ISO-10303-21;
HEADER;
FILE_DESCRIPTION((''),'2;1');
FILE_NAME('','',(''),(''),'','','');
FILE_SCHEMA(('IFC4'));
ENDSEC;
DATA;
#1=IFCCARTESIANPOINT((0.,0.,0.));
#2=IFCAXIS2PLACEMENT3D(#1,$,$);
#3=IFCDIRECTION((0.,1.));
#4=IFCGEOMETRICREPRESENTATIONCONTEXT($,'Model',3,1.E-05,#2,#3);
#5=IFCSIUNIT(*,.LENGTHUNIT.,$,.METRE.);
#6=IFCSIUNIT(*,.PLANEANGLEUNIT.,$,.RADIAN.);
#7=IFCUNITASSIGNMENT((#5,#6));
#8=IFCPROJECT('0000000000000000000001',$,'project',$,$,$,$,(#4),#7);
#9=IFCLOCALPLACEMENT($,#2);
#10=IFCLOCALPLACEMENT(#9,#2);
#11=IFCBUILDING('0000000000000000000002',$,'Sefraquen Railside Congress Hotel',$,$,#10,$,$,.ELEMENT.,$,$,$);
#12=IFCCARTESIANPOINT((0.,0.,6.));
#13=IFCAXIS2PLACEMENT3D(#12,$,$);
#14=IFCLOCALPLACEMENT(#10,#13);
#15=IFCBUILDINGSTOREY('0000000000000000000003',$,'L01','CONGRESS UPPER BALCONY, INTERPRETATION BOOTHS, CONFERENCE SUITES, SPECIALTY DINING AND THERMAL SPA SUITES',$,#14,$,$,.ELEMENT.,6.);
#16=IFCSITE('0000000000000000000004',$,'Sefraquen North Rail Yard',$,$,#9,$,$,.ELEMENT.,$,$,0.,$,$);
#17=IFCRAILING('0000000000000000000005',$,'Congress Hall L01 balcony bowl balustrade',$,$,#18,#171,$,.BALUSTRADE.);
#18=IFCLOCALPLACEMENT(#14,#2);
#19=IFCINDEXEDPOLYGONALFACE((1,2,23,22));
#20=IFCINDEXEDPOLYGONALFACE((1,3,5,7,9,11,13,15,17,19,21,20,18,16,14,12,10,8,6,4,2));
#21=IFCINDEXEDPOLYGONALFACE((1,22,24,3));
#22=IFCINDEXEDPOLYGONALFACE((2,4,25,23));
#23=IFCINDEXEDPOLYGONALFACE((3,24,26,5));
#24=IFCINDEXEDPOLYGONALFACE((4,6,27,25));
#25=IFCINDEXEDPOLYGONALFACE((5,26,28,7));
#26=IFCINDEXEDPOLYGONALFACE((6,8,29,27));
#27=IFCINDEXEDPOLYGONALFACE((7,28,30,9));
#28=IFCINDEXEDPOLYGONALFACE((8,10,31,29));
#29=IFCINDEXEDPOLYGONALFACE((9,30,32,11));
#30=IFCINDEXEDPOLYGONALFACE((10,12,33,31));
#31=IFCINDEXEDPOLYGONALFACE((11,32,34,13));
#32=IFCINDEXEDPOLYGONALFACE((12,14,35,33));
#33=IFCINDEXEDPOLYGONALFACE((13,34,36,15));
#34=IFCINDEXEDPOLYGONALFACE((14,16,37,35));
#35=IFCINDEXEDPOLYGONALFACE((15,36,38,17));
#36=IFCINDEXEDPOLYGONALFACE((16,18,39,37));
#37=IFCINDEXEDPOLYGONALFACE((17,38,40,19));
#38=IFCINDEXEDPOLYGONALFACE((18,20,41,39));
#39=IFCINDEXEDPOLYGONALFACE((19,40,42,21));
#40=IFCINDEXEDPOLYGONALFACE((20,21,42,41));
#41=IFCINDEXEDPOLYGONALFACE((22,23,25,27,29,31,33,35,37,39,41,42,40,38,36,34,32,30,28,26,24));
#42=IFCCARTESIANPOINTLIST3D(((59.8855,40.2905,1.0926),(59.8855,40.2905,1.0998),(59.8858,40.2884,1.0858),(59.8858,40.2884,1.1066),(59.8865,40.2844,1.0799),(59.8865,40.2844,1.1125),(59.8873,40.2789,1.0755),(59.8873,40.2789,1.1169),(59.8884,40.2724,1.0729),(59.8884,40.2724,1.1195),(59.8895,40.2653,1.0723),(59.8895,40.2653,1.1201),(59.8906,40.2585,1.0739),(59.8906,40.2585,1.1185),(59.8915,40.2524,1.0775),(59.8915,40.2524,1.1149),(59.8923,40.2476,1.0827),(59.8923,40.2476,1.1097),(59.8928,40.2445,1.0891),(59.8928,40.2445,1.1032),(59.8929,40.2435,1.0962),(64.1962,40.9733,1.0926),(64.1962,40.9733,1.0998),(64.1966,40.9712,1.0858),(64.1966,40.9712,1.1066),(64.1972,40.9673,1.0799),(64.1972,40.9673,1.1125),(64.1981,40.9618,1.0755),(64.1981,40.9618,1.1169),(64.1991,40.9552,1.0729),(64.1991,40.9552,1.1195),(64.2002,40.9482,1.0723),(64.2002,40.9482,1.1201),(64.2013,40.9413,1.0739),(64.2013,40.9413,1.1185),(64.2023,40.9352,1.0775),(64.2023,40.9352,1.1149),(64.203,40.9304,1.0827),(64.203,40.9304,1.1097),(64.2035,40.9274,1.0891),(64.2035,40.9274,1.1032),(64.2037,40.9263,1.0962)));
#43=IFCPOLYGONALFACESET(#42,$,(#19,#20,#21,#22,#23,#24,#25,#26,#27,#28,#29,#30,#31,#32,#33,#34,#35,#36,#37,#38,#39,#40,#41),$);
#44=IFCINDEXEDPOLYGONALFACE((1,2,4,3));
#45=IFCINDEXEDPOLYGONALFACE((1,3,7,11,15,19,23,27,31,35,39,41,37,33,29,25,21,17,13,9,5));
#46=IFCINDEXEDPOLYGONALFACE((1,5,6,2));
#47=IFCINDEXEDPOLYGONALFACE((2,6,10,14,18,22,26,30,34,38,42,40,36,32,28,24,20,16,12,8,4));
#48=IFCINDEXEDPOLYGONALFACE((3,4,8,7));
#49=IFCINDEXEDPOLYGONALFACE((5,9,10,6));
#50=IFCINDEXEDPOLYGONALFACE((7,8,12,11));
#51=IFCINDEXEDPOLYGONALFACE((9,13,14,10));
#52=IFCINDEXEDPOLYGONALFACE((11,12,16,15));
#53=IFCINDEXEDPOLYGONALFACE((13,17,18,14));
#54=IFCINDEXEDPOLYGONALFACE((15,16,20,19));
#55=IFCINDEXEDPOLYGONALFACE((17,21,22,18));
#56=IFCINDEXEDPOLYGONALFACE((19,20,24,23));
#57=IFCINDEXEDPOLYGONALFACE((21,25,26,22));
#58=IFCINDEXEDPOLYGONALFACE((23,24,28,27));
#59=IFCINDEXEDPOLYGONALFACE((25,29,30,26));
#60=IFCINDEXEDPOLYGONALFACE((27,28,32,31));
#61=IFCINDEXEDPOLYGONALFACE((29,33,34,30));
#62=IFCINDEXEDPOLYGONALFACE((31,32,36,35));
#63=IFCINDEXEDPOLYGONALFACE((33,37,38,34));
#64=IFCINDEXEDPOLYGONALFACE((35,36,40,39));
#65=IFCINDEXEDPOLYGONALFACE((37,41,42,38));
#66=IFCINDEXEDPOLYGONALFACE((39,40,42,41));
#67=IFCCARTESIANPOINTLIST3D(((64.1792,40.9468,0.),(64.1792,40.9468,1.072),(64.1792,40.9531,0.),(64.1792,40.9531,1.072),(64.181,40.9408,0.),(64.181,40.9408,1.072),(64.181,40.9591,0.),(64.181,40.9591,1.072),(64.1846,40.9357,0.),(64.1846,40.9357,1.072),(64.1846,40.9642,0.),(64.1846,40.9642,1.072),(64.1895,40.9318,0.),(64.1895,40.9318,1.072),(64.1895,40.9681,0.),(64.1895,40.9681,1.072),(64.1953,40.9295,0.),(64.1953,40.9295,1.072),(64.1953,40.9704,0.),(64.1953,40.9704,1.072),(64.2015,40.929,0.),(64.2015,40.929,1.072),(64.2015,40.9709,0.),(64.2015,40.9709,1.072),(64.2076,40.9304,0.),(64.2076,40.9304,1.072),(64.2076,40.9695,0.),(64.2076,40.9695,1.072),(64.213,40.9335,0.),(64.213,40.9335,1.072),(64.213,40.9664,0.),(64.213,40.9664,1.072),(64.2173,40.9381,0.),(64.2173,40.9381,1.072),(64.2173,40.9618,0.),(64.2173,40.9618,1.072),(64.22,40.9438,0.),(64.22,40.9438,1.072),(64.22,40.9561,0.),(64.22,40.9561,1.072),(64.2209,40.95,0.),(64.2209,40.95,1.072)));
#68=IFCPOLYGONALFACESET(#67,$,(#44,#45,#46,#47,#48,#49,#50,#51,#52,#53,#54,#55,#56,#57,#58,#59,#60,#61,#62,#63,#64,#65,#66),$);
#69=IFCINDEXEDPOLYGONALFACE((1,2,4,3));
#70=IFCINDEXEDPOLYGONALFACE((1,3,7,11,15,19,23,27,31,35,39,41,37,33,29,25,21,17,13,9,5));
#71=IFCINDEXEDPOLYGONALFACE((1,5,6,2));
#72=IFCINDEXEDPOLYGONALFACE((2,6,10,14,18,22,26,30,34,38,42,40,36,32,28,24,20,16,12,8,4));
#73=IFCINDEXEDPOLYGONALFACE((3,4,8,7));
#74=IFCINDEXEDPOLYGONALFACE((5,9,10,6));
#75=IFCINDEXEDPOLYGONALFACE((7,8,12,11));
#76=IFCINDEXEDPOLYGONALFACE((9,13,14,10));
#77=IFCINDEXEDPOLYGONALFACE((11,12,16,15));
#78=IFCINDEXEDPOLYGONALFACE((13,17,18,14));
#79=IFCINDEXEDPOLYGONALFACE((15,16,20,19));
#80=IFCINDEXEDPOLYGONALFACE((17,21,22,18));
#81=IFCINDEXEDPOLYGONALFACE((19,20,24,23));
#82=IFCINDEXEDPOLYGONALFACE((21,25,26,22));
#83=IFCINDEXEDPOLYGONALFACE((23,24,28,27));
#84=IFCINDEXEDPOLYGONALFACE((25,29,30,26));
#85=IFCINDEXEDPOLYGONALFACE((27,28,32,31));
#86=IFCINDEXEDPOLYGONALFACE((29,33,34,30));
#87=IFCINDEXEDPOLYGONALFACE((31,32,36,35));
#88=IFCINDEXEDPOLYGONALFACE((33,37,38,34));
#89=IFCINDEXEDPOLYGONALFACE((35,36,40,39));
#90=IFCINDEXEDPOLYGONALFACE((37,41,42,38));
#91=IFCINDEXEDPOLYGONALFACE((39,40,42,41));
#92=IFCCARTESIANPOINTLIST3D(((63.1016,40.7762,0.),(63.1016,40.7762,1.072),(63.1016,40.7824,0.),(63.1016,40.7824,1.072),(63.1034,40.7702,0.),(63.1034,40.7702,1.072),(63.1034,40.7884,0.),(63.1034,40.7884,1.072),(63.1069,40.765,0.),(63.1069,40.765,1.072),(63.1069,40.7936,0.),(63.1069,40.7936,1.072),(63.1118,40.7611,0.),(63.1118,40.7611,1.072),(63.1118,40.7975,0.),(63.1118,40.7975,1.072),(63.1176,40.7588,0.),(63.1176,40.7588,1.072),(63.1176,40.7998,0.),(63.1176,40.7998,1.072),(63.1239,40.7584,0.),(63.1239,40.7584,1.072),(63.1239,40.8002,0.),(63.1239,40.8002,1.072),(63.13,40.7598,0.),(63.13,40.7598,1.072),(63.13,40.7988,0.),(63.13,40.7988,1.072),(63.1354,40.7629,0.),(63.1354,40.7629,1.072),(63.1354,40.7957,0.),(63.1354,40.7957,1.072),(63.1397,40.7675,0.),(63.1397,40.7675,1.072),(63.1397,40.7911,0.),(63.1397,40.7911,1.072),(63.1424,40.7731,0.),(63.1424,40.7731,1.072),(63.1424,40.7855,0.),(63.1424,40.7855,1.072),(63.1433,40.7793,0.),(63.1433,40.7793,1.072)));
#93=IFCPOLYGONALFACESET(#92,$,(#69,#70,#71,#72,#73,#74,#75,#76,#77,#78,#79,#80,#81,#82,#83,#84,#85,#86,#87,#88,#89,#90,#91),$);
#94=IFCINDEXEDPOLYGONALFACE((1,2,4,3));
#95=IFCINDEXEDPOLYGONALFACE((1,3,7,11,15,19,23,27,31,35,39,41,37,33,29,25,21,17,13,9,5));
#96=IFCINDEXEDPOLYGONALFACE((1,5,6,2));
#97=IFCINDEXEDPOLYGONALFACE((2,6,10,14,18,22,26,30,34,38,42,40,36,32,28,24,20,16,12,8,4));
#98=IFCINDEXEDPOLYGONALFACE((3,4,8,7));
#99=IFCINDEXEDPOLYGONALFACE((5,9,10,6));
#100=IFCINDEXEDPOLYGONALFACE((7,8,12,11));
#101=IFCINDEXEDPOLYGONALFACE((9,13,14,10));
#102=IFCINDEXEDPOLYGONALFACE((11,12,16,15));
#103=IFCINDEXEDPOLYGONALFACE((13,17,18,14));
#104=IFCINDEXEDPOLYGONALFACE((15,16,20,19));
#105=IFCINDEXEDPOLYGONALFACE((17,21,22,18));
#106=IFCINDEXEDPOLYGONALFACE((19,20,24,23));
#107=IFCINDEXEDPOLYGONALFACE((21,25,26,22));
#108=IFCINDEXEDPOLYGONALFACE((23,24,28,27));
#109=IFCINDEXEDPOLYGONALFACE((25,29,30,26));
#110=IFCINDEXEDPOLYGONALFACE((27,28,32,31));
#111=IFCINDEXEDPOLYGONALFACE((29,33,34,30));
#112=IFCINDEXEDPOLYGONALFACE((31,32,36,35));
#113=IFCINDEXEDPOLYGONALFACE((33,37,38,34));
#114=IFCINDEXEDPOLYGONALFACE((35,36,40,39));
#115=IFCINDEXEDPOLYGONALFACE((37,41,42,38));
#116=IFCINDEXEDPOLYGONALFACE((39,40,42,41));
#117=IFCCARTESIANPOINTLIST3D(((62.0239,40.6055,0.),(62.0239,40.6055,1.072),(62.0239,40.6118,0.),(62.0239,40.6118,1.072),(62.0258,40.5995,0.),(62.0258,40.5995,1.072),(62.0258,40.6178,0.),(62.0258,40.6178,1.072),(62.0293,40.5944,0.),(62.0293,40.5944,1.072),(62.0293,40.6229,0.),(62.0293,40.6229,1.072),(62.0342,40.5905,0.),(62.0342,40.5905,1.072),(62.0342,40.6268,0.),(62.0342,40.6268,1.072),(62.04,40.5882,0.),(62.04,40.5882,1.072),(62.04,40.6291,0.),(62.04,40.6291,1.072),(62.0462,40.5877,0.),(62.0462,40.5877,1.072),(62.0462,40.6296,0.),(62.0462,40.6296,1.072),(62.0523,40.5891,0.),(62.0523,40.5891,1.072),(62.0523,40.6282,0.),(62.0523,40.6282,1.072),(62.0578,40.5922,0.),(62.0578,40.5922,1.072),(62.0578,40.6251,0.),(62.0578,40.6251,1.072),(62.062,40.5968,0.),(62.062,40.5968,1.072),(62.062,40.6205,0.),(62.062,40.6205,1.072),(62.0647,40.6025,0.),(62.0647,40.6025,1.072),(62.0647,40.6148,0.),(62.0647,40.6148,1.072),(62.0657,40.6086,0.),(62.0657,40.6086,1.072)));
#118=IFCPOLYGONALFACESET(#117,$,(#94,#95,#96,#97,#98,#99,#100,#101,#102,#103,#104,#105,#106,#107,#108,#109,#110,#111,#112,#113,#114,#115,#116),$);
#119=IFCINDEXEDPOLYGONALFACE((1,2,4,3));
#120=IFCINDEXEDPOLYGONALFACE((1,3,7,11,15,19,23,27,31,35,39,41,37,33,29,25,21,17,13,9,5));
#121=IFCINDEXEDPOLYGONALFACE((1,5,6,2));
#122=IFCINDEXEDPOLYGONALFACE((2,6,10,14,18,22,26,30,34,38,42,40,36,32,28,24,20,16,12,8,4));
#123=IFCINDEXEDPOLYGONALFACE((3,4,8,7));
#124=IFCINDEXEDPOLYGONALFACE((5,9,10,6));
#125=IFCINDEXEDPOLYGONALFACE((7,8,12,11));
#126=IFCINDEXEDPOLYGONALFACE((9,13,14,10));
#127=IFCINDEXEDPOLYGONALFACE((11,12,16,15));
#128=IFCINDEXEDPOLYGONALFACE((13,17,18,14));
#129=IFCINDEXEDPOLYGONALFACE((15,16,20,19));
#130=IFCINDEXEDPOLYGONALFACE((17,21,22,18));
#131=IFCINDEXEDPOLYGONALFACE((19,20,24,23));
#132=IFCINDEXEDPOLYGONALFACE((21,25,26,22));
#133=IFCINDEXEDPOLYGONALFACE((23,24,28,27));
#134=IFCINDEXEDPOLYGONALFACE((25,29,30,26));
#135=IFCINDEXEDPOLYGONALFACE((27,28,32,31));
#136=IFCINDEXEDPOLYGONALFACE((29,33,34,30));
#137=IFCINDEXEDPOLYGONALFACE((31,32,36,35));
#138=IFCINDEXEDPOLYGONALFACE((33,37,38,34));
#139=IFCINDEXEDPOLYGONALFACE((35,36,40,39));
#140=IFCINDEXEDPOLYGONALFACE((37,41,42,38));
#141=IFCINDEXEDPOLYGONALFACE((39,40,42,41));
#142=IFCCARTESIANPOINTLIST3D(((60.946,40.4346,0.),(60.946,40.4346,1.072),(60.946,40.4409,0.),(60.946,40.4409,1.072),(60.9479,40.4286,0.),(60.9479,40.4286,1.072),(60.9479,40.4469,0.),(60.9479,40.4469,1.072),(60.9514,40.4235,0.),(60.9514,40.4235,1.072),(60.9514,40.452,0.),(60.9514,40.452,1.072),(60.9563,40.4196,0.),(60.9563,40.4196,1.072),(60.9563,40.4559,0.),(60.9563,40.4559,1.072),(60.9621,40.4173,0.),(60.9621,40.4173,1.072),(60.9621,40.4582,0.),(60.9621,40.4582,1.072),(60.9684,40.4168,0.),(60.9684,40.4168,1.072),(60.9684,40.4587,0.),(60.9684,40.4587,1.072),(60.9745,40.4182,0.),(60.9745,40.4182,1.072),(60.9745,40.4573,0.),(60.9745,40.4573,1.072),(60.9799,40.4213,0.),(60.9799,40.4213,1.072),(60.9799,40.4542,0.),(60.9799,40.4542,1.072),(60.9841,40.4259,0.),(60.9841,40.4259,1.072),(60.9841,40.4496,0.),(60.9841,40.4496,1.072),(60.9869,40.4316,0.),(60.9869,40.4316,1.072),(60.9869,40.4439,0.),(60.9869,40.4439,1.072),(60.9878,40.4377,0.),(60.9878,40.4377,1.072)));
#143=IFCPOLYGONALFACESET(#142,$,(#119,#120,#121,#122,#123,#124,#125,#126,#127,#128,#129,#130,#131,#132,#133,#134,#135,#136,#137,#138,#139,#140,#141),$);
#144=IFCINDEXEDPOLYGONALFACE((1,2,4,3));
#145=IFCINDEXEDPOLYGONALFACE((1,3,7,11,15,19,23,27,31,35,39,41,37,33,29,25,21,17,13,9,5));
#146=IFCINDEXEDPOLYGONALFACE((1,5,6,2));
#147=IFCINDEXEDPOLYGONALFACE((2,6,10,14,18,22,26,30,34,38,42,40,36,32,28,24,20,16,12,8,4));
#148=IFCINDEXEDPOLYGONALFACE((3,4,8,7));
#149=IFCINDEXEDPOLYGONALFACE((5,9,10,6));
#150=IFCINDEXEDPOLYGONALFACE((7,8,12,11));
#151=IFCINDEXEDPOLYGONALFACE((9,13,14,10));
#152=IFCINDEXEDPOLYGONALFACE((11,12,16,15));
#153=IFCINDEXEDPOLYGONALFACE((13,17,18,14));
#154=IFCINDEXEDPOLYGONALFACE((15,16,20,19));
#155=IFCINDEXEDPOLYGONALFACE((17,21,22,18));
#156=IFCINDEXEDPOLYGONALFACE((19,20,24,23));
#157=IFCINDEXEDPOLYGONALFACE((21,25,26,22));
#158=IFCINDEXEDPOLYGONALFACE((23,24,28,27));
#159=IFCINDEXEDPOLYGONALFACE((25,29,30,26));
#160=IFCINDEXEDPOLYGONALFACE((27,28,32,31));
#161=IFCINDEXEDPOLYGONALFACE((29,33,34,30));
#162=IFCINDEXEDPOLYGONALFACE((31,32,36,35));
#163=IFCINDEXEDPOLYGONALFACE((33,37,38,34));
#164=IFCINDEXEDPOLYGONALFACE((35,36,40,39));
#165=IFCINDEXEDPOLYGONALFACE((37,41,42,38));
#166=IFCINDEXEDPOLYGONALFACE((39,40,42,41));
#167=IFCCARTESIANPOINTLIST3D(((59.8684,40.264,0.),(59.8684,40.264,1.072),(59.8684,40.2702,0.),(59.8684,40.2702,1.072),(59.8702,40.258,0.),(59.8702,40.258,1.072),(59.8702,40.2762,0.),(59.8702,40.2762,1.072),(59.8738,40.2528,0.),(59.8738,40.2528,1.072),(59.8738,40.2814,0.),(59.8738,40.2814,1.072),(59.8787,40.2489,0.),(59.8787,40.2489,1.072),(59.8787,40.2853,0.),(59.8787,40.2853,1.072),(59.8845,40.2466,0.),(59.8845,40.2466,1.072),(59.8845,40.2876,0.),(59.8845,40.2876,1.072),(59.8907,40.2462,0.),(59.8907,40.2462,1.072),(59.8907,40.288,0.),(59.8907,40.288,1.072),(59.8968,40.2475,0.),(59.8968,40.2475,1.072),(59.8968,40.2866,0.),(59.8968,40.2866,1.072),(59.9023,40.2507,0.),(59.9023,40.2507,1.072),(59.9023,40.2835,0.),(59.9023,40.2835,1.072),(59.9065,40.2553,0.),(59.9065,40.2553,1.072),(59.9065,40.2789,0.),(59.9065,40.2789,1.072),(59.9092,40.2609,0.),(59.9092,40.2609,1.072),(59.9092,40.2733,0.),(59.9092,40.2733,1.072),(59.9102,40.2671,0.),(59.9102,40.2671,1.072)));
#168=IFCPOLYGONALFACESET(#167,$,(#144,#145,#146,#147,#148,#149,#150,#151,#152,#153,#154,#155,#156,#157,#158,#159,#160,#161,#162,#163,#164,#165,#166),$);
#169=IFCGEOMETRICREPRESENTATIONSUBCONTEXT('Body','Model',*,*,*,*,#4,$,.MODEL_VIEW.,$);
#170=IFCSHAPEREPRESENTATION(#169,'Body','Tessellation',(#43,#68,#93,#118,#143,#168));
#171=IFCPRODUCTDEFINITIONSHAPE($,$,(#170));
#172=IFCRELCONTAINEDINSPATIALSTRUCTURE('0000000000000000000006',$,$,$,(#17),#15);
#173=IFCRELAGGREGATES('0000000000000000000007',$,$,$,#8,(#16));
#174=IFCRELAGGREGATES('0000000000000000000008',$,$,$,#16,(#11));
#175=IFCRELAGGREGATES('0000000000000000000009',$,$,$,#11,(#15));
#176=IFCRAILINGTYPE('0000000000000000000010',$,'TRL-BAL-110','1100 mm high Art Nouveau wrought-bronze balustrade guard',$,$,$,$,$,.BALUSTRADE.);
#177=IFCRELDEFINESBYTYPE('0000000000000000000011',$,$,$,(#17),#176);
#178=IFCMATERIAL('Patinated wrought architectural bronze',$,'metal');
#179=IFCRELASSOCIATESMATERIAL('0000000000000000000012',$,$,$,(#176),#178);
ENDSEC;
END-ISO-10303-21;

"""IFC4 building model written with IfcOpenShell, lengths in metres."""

from ifc_helpers import new_model, si_unit, direction, frame, origin, origin_2d, place, context, subcontext, project, spatial, circle, extrude, material, type_object, element, save


model = new_model("IFC4")

# Units and contexts
model_context = context("Model", 3, precision=1e-05, world=origin(), true_north=direction((0.0, 1.0)))
body_context = subcontext(model_context, "Body", "Model", "MODEL_VIEW")
ifc_project = project(units=[si_unit("LENGTHUNIT", "METRE"), si_unit("PLANEANGLEUNIT", "RADIAN")], contexts=[model_context])

# Site, building, storey
site_placement = place(None, origin())
site = spatial("IfcSite", under=ifc_project, at=site_placement, Name="Sefraquen North Rail Yard", CompositionType="ELEMENT", RefElevation=0.0)
building_placement = place(site_placement, origin())
building = spatial("IfcBuilding", under=site, at=building_placement, Name="Sefraquen Railside Congress Hotel", CompositionType="ELEMENT")
storey_placement = place(building_placement, frame((0.0, 0.0, 6.0)))
storey = spatial("IfcBuildingStorey", under=building, at=storey_placement, Name="L01", Description="CONGRESS UPPER BALCONY, INTERPRETATION BOOTHS, CONFERENCE SUITES, SPECIALTY DINING AND THERMAL SPA SUITES", CompositionType="ELEMENT", Elevation=6.0)

# Railing
ifc_material_1 = material(Name="Patinated wrought architectural bronze", Category="metal")
railing_type = type_object("IfcRailingType", Name="TRL-BAL-110", Description="1100 mm high Art Nouveau wrought-bronze balustrade guard", PredefinedType="BALUSTRADE", material=ifc_material_1)
railing_1_placement = place(storey_placement, frame((64.2, 40.95, 0.0)))
element("IfcRailing", 1, at=railing_1_placement, inside=storey, type_object=railing_type, Name="Congress Hall L01 balcony bowl balustrade", PredefinedType="BALUSTRADE", context=body_context, shape_type="SweptSolid", body=[
    extrude(circle(Radius=0.0239, at=origin_2d()), frame((0.0, 0.0, 1.0962), z_axis=(-0.987685, -0.156457, 0.0), x_axis=(0.156457, -0.987685, 0.0)), (0.0, 0.0, 1.0), 4.3645),
    extrude(circle(Radius=0.021, at=origin_2d()), origin(), (0.0, 0.0, 1.0), 1.072),
    extrude(circle(Radius=0.021, at=origin_2d()), frame((-1.0776, -0.1707, 0.0)), (0.0, 0.0, 1.0), 1.072),
    extrude(circle(Radius=0.021, at=origin_2d()), frame((-2.1553, -0.3413, 0.0)), (0.0, 0.0, 1.0), 1.072),
    extrude(circle(Radius=0.021, at=origin_2d()), frame((-3.2332, -0.5122, 0.0)), (0.0, 0.0, 1.0), 1.072),
    extrude(circle(Radius=0.021, at=origin_2d()), frame((-4.3108, -0.6829, 0.0)), (0.0, 0.0, 1.0), 1.072),
])

save(model, "model.ifc")
